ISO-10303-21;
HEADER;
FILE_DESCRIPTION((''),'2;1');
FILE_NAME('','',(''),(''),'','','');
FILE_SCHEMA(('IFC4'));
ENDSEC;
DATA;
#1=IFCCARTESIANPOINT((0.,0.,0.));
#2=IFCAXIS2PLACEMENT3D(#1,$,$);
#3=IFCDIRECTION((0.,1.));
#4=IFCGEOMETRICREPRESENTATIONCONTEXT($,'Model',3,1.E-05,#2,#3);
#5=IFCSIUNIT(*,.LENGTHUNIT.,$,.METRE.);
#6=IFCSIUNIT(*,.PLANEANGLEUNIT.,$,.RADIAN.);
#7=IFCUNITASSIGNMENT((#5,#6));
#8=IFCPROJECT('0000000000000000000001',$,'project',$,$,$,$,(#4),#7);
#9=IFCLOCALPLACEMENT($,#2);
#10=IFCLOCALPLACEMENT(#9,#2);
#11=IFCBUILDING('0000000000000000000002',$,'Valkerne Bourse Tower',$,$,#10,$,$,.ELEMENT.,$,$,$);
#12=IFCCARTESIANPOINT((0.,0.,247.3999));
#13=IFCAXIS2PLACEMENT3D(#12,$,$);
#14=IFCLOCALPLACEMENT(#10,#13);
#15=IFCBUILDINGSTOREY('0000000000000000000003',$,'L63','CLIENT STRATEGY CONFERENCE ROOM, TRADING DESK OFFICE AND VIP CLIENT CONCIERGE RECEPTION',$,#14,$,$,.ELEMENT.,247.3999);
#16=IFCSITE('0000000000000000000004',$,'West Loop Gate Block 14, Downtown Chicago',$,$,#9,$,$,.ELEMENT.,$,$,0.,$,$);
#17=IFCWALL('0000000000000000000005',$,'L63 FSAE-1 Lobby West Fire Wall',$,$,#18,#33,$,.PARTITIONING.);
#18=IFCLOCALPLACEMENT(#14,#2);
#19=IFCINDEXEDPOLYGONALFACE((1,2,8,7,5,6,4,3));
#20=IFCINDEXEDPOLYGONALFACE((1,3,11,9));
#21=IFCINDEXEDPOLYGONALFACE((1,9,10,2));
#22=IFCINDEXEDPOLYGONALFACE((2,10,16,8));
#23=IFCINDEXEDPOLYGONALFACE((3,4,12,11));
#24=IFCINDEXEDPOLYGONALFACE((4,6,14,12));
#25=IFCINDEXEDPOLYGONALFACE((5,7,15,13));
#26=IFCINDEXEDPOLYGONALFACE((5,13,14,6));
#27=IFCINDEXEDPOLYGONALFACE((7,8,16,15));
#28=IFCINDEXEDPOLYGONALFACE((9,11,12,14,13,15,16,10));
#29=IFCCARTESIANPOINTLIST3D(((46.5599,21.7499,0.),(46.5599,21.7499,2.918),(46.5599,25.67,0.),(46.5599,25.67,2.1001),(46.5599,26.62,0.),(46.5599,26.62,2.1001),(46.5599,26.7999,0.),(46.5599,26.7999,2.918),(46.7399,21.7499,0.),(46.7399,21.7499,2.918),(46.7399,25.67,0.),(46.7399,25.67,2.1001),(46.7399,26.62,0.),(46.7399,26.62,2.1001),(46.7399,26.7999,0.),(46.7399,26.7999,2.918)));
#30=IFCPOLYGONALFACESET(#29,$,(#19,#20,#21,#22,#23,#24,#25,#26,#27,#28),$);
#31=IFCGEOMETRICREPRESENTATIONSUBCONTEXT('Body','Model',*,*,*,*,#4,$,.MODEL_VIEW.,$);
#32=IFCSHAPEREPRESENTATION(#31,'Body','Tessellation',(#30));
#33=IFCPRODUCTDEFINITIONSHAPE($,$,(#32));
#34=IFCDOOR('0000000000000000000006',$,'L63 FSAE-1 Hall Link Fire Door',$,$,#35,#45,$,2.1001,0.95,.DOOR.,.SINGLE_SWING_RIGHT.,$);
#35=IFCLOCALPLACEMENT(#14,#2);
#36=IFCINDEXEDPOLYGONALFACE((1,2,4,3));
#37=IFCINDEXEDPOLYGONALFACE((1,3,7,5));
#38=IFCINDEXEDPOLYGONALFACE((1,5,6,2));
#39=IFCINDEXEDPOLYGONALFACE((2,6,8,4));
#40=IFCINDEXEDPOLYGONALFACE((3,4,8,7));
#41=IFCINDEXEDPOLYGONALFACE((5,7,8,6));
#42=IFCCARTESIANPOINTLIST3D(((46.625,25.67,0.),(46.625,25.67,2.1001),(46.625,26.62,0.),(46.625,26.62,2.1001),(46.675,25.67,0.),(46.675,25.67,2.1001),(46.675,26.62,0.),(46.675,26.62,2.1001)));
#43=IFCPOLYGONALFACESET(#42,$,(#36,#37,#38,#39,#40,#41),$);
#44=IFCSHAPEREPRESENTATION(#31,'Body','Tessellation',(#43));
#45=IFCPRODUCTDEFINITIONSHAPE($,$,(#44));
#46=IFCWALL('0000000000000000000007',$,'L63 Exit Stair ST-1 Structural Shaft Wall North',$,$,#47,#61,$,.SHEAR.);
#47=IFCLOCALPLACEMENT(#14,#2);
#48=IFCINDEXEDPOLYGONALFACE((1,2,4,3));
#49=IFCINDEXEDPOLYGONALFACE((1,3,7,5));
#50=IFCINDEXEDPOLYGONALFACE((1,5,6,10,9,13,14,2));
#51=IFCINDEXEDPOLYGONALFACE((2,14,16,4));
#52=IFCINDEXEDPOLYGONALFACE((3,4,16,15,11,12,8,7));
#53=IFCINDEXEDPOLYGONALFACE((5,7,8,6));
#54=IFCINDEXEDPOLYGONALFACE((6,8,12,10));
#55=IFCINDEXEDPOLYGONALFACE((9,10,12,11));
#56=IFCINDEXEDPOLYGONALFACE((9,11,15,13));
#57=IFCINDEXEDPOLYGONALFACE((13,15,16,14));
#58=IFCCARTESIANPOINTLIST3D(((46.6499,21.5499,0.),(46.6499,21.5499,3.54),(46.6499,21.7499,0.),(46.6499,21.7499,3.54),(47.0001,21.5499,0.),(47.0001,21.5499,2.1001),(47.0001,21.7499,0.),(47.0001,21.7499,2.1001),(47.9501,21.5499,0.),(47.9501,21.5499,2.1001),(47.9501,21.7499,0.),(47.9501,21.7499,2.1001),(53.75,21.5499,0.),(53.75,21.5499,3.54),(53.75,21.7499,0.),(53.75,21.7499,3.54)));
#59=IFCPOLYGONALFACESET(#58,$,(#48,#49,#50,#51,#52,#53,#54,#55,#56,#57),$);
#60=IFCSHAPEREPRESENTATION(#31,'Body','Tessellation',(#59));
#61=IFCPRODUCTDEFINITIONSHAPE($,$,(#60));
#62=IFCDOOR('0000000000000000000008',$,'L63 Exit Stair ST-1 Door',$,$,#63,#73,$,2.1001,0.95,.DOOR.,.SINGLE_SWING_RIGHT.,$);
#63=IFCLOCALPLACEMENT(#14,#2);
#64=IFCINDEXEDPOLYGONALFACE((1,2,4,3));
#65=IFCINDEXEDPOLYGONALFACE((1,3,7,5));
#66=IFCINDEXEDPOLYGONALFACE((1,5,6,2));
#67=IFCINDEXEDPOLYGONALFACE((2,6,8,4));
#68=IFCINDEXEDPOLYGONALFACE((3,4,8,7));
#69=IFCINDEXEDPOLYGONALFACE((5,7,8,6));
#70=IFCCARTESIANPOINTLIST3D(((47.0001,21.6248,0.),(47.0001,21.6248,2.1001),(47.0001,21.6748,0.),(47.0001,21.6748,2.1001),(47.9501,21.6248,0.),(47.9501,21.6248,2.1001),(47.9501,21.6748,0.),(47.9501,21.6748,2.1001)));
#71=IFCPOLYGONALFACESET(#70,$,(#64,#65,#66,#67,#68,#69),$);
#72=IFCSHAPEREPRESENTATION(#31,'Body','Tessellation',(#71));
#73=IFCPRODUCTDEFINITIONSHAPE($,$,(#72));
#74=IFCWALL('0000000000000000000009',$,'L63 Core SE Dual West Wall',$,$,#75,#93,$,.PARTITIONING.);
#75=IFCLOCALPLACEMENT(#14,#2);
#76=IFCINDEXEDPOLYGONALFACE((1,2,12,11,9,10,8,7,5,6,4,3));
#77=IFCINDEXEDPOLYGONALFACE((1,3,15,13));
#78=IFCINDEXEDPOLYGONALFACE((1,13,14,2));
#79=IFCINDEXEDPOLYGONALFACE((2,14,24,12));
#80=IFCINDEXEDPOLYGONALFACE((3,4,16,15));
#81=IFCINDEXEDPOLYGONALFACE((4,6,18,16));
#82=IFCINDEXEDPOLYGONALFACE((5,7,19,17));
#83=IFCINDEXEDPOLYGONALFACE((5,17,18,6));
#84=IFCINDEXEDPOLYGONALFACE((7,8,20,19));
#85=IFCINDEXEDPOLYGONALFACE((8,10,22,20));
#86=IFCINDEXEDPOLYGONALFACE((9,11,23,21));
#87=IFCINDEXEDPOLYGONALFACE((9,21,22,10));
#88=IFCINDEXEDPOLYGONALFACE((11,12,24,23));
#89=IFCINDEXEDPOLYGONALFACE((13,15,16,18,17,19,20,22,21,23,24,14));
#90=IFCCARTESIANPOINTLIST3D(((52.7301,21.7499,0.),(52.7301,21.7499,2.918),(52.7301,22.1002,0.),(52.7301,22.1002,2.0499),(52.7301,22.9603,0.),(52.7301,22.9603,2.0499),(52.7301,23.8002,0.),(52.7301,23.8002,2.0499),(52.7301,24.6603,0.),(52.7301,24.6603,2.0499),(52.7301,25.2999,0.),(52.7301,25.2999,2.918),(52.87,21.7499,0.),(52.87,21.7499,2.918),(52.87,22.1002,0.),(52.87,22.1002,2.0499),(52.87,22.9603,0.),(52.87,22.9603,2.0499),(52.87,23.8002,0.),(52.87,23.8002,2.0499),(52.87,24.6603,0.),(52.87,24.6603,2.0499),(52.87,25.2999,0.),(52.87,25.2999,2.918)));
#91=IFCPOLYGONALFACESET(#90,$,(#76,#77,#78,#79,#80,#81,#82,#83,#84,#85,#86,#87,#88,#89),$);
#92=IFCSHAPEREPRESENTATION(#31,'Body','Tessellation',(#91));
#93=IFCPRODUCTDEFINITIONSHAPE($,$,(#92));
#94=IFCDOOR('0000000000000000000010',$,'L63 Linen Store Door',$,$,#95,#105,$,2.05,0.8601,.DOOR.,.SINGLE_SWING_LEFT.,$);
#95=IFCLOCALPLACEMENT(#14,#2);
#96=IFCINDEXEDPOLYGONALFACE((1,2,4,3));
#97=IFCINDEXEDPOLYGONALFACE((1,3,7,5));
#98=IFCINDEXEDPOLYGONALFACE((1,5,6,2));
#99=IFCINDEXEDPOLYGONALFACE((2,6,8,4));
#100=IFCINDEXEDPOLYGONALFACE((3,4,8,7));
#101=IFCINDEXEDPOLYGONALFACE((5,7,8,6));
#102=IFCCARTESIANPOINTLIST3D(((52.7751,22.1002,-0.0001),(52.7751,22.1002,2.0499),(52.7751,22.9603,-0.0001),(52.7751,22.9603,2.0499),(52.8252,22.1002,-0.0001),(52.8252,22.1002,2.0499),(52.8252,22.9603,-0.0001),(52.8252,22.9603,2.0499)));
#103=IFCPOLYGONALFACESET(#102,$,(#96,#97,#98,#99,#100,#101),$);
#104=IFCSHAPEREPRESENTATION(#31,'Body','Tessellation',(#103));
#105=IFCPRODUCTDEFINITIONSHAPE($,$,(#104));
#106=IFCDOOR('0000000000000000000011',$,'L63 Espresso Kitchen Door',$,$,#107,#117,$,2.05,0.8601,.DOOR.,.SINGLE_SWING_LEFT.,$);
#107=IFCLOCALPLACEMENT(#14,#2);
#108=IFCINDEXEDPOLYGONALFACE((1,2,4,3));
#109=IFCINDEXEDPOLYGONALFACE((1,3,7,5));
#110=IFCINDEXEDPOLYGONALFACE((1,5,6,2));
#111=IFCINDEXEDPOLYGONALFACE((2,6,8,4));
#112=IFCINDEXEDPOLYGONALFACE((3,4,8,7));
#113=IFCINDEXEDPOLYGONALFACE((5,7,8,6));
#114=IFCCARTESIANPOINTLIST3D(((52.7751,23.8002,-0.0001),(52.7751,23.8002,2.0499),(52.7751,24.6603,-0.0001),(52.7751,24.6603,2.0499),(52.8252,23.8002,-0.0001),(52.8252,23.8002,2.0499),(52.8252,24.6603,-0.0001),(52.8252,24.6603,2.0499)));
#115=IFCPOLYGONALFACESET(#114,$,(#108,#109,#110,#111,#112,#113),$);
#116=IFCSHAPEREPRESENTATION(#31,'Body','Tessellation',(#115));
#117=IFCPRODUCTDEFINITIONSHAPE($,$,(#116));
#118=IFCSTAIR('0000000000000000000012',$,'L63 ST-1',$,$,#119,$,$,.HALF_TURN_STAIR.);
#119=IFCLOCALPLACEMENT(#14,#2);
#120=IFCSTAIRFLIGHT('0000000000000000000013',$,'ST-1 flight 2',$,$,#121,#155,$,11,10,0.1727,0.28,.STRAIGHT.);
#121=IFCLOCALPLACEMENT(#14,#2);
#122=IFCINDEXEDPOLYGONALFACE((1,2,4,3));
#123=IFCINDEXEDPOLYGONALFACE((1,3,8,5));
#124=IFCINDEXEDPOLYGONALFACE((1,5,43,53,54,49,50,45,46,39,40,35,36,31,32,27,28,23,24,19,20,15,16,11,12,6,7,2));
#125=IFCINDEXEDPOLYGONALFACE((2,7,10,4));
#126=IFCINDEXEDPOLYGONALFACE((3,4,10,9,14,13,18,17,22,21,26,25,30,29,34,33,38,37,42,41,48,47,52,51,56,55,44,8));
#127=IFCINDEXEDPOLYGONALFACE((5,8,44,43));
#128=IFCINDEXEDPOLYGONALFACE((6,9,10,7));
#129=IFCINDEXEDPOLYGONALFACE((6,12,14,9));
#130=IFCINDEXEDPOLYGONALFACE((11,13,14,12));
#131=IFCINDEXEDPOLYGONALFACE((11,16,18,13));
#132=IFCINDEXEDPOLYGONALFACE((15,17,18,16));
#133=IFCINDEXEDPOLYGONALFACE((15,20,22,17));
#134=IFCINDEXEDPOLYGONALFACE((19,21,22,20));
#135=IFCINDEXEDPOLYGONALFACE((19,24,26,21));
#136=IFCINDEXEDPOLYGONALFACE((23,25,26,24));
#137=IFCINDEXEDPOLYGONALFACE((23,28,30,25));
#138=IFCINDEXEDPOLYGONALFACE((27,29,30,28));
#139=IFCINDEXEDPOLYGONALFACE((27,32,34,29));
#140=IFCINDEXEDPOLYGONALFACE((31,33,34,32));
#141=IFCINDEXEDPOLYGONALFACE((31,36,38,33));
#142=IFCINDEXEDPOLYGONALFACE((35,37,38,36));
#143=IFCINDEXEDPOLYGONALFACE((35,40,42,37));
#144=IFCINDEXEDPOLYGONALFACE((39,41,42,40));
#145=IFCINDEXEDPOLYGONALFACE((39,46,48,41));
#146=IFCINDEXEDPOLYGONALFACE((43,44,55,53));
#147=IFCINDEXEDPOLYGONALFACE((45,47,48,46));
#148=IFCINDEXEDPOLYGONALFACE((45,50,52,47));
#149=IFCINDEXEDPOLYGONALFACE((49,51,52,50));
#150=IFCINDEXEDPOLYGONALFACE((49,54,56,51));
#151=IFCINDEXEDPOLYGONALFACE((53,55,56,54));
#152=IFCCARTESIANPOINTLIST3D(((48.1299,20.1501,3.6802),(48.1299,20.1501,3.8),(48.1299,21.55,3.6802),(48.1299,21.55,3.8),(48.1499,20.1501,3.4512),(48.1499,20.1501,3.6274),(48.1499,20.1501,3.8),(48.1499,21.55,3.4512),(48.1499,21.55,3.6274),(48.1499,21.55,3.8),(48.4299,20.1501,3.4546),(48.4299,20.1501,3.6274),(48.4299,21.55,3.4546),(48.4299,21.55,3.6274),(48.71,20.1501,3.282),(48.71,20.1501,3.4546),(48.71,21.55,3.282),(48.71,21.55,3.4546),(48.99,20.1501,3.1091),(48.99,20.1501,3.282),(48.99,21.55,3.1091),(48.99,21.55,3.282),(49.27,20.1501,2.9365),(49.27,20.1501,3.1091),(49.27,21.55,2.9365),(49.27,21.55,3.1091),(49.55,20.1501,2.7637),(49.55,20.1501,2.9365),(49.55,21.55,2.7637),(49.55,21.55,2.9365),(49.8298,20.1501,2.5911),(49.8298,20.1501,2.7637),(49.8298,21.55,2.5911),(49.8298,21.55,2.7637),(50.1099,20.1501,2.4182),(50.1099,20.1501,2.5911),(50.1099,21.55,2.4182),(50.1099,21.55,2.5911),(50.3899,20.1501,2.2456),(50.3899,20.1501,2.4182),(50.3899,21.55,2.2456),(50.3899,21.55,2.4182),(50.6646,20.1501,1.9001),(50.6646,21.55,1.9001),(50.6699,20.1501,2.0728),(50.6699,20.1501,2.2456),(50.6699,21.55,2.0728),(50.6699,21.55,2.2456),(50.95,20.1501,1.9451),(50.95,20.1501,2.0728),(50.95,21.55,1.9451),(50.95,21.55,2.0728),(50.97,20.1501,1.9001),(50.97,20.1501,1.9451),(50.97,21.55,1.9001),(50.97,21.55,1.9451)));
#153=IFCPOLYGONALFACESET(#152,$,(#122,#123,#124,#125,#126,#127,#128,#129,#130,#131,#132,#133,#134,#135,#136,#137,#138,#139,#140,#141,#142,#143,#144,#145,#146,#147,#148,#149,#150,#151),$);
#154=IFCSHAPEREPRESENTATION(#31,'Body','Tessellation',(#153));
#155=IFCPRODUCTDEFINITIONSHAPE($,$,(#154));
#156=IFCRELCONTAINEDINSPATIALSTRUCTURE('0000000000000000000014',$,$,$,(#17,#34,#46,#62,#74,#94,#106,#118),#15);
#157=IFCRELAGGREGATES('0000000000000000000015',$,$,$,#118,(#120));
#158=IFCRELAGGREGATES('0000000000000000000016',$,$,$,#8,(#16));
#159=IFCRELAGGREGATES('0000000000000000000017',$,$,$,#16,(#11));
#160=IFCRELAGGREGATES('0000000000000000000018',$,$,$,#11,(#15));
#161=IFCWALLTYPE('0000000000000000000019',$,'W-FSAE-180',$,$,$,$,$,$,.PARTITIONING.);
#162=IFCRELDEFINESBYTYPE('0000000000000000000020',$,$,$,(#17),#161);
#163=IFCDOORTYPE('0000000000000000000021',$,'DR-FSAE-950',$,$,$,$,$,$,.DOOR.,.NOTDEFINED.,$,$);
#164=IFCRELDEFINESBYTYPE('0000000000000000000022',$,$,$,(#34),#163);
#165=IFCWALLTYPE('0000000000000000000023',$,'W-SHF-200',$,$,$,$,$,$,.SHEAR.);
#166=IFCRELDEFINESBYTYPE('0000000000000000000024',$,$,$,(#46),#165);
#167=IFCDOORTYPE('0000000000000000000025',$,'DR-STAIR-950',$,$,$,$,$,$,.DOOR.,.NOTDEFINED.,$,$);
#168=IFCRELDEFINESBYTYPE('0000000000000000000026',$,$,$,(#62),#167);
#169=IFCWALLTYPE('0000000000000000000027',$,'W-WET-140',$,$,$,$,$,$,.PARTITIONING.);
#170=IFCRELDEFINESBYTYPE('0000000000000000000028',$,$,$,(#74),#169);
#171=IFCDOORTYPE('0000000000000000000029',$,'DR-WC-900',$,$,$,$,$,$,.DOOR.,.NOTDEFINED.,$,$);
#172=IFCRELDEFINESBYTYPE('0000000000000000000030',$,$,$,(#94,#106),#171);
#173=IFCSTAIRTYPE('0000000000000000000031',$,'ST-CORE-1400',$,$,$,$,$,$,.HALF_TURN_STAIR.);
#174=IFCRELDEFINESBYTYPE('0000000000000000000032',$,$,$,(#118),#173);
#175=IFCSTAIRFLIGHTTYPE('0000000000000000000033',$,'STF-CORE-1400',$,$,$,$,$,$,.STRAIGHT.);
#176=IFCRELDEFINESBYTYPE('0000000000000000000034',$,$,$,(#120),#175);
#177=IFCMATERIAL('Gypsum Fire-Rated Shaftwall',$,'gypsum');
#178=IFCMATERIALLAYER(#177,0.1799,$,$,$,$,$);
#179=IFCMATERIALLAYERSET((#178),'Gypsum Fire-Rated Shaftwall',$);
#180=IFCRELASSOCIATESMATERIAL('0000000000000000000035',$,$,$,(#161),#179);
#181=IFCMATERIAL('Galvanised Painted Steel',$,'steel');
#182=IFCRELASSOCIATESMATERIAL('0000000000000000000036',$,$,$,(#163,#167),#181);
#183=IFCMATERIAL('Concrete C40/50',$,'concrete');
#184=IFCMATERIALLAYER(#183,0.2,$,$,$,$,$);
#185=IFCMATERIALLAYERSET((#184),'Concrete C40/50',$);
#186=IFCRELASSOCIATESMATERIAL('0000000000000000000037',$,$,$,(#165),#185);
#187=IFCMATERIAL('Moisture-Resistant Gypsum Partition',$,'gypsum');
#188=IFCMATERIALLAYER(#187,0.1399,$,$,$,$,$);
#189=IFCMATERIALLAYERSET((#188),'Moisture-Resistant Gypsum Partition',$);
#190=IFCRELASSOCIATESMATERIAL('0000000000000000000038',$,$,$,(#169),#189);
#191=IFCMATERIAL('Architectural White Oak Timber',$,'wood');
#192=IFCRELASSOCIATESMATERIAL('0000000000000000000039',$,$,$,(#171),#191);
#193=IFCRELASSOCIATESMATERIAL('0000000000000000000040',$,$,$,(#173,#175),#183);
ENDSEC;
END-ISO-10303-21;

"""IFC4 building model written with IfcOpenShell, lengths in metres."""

from ifc_helpers import new_model, si_unit, direction, frame, frame_2d, origin, place, context, subcontext, project, spatial, polyline, rectangle, outline, extrude, material, layer, layer_set, type_object, element, fill, aggregate, save


model = new_model("IFC4")

# Units and contexts
model_context = context("Model", 3, precision=1e-05, world=origin(), true_north=direction((0.0, 1.0)))
body_context = subcontext(model_context, "Body", "Model", "MODEL_VIEW")
ifc_project = project(units=[si_unit("LENGTHUNIT", "METRE"), si_unit("PLANEANGLEUNIT", "RADIAN")], contexts=[model_context])

# Site, building, storey
site_placement = place(None, origin())
site = spatial("IfcSite", under=ifc_project, at=site_placement, Name="West Loop Gate Block 14, Downtown Chicago", CompositionType="ELEMENT", RefElevation=0.0)
building_placement = place(site_placement, origin())
building = spatial("IfcBuilding", under=site, at=building_placement, Name="Valkerne Bourse Tower", CompositionType="ELEMENT")
storey_placement = place(building_placement, frame((0.0, 0.0, 247.3999)))
storey = spatial("IfcBuildingStorey", under=building, at=storey_placement, Name="L63", Description="CLIENT STRATEGY CONFERENCE ROOM, TRADING DESK OFFICE AND VIP CLIENT CONCIERGE RECEPTION", CompositionType="ELEMENT", Elevation=247.3999)

# Shared definitions
ifc_material_1 = material(Name="Gypsum Fire-Rated Shaftwall", Category="gypsum")
ifc_layer_1 = layer(ifc_material_1, 0.1799)
ifc_layer_set_1 = layer_set([ifc_layer_1], Name="Gypsum Fire-Rated Shaftwall")
wall_type_1 = type_object("IfcWallType", Name="W-FSAE-180", PredefinedType="PARTITIONING", material=ifc_layer_set_1)

# Wall, opening, door
wall_1_placement = place(storey_placement, frame((46.6499, 21.75, 0.0), z_axis=(0.0, 0.0, 1.0), x_axis=(0.0, 1.0, 0.0)))
wall_1 = element("IfcWall", 1, at=wall_1_placement, inside=storey, type_object=wall_type_1, Name="L63 FSAE-1 Lobby West Fire Wall", PredefinedType="PARTITIONING", context=body_context, shape_type="SweptSolid", body=[
    extrude(rectangle(XDim=5.05, YDim=0.1799, at=frame_2d((2.5249, 0.0))), origin(), (0.0, 0.0, 1.0), 2.918),
])
opening_1_placement = place(wall_1_placement, frame((3.9199, 0.0, 0.0)))
opening_1 = element("IfcOpeningElement", 2, at=opening_1_placement, cuts=wall_1, PredefinedType="OPENING", context=body_context, shape_type="SweptSolid", body=[
    extrude(rectangle(XDim=0.95, YDim=2.1001, at=frame_2d((0.4751, 1.05))), frame((0.0, 0.0999, 0.0), z_axis=(0.0, -1.0, 0.0), x_axis=(1.0, 0.0, 0.0)), (0.0, 0.0, 1.0), 0.2),
])
ifc_material_2 = material(Name="Galvanised Painted Steel", Category="steel")
door_type_1 = type_object("IfcDoorType", Name="DR-FSAE-950", OperationType="NOTDEFINED", PredefinedType="DOOR", material=ifc_material_2)
door_1_placement = place(opening_1_placement, origin())
door_1 = element("IfcDoor", 3, at=door_1_placement, inside=storey, type_object=door_type_1, Name="L63 FSAE-1 Hall Link Fire Door", OperationType="SINGLE_SWING_RIGHT", OverallHeight=2.1001, OverallWidth=0.95, PredefinedType="DOOR", context=body_context, shape_type="SweptSolid", body=[
    extrude(rectangle(XDim=0.95, YDim=2.1001, at=frame_2d((0.4751, 1.05))), frame((0.0, 0.0249, 0.0), z_axis=(0.0, -1.0, 0.0), x_axis=(1.0, 0.0, 0.0)), (0.0, 0.0, 1.0), 0.05),
])
fill(opening_1, door_1)

# Wall, opening, door
ifc_material_3 = material(Name="Concrete C40/50", Category="concrete")
ifc_layer_2 = layer(ifc_material_3, 0.2)
ifc_layer_set_2 = layer_set([ifc_layer_2], Name="Concrete C40/50")
wall_type_2 = type_object("IfcWallType", Name="W-SHF-200", PredefinedType="SHEAR", material=ifc_layer_set_2)
wall_2_placement = place(storey_placement, frame((46.6499, 21.6499, 0.0), z_axis=(0.0, 0.0, 1.0), x_axis=(1.0, 0.0, 0.0)))
wall_2 = element("IfcWall", 4, at=wall_2_placement, inside=storey, type_object=wall_type_2, Name="L63 Exit Stair ST-1 Structural Shaft Wall North", PredefinedType="SHEAR", context=body_context, shape_type="SweptSolid", body=[
    extrude(rectangle(XDim=7.1001, YDim=0.2, at=frame_2d((3.55, 0.0))), origin(), (0.0, 0.0, 1.0), 3.54),
])
opening_2_placement = place(wall_2_placement, frame((0.3501, 0.0, 0.0)))
opening_2 = element("IfcOpeningElement", 5, at=opening_2_placement, cuts=wall_2, PredefinedType="OPENING", context=body_context, shape_type="SweptSolid", body=[
    extrude(rectangle(XDim=0.95, YDim=2.1001, at=frame_2d((0.4751, 1.05))), frame((0.0, 0.1099, 0.0), z_axis=(0.0, -1.0, 0.0), x_axis=(1.0, 0.0, 0.0)), (0.0, 0.0, 1.0), 0.22),
])
door_type_2 = type_object("IfcDoorType", Name="DR-STAIR-950", OperationType="NOTDEFINED", PredefinedType="DOOR", material=ifc_material_2)
door_2_placement = place(opening_2_placement, origin())
door_2 = element("IfcDoor", 6, at=door_2_placement, inside=storey, type_object=door_type_2, Name="L63 Exit Stair ST-1 Door", OperationType="SINGLE_SWING_RIGHT", OverallHeight=2.1001, OverallWidth=0.95, PredefinedType="DOOR", context=body_context, shape_type="SweptSolid", body=[
    extrude(rectangle(XDim=0.95, YDim=2.1001, at=frame_2d((0.4751, 1.05))), frame((0.0, 0.0249, 0.0), z_axis=(0.0, -1.0, 0.0), x_axis=(1.0, 0.0, 0.0)), (0.0, 0.0, 1.0), 0.05),
])
fill(opening_2, door_2)

# Wall, openings, doors
ifc_material_4 = material(Name="Moisture-Resistant Gypsum Partition", Category="gypsum")
ifc_layer_3 = layer(ifc_material_4, 0.1399)
ifc_layer_set_3 = layer_set([ifc_layer_3], Name="Moisture-Resistant Gypsum Partition")
wall_type_3 = type_object("IfcWallType", Name="W-WET-140", PredefinedType="PARTITIONING", material=ifc_layer_set_3)
wall_3_placement = place(storey_placement, frame((52.8, 21.75, 0.0), z_axis=(0.0, 0.0, 1.0), x_axis=(0.0, 1.0, 0.0)))
wall_3 = element("IfcWall", 7, at=wall_3_placement, inside=storey, type_object=wall_type_3, Name="L63 Core SE Dual West Wall", PredefinedType="PARTITIONING", context=body_context, shape_type="SweptSolid", body=[
    extrude(rectangle(XDim=3.55, YDim=0.1399, at=frame_2d((1.7749, 0.0))), origin(), (0.0, 0.0, 1.0), 2.918),
])
opening_3_placement = place(wall_3_placement, frame((0.3501, 0.0, 0.0)))
opening_3 = element("IfcOpeningElement", 8, at=opening_3_placement, cuts=wall_3, PredefinedType="OPENING", context=body_context, shape_type="SweptSolid", body=[
    extrude(rectangle(XDim=0.8601, YDim=2.05, at=frame_2d((0.4302, 1.0249))), frame((0.0, 0.0798, 0.0), z_axis=(0.0, -1.0, 0.0), x_axis=(1.0, 0.0, 0.0)), (0.0, 0.0, 1.0), 0.1599),
])
opening_4_placement = place(wall_3_placement, frame((2.05, 0.0, 0.0)))
opening_4 = element("IfcOpeningElement", 9, at=opening_4_placement, cuts=wall_3, PredefinedType="OPENING", context=body_context, shape_type="SweptSolid", body=[
    extrude(rectangle(XDim=0.8601, YDim=2.05, at=frame_2d((0.4302, 1.0249))), frame((0.0, 0.0798, 0.0), z_axis=(0.0, -1.0, 0.0), x_axis=(1.0, 0.0, 0.0)), (0.0, 0.0, 1.0), 0.1599),
])
ifc_material_5 = material(Name="Architectural White Oak Timber", Category="wood")
door_type_3 = type_object("IfcDoorType", Name="DR-WC-900", OperationType="NOTDEFINED", PredefinedType="DOOR", material=ifc_material_5)
door_3_placement = place(opening_3_placement, origin())
door_3 = element("IfcDoor", 10, at=door_3_placement, inside=storey, type_object=door_type_3, Name="L63 Linen Store Door", OperationType="SINGLE_SWING_LEFT", OverallHeight=2.05, OverallWidth=0.8601, PredefinedType="DOOR", context=body_context, shape_type="SweptSolid", body=[
    extrude(rectangle(XDim=0.8601, YDim=2.05, at=frame_2d((0.4302, 1.0249))), frame((0.0, 0.0249, 0.0), z_axis=(0.0, -1.0, 0.0), x_axis=(1.0, 0.0, 0.0)), (0.0, 0.0, 1.0), 0.05),
])
fill(opening_3, door_3)
door_4_placement = place(opening_4_placement, origin())
door_4 = element("IfcDoor", 11, at=door_4_placement, inside=storey, type_object=door_type_3, Name="L63 Espresso Kitchen Door", OperationType="SINGLE_SWING_LEFT", OverallHeight=2.05, OverallWidth=0.8601, PredefinedType="DOOR", context=body_context, shape_type="SweptSolid", body=[
    extrude(rectangle(XDim=0.8601, YDim=2.05, at=frame_2d((0.4302, 1.0249))), frame((0.0, 0.0249, 0.0), z_axis=(0.0, -1.0, 0.0), x_axis=(1.0, 0.0, 0.0)), (0.0, 0.0, 1.0), 0.05),
])
fill(opening_4, door_4)

# Stair, stair flight
stair_type = type_object("IfcStairType", Name="ST-CORE-1400", PredefinedType="HALF_TURN_STAIR", material=ifc_material_3)
stair_placement = place(storey_placement, origin())
stair = element("IfcStair", 12, at=stair_placement, inside=storey, type_object=stair_type, Name="L63 ST-1", PredefinedType="HALF_TURN_STAIR")
stair_flight_type = type_object("IfcStairFlightType", Name="STF-CORE-1400", PredefinedType="STRAIGHT", material=ifc_material_3)
stair_flight_placement = place(storey_placement, frame((50.95, 20.8501, 1.9001), z_axis=(0.0, 0.0, 1.0), x_axis=(-1.0, 0.0, 0.0)))
stair_flight = element("IfcStairFlight", 13, at=stair_flight_placement, type_object=stair_flight_type, Name="ST-1 flight 2", NumberOfRisers=11, NumberOfTreads=10, PredefinedType="STRAIGHT", RiserHeight=0.1727, TreadLength=0.28, context=body_context, shape_type="SweptSolid", body=[
    extrude(outline(polyline([(-0.02, 0.0), (-0.02, 0.0449), (0.0, 0.0449), (0.0, 0.1726), (0.28, 0.1726), (0.28, 0.3455), (0.5601, 0.3455), (0.5601, 0.5181), (0.8401, 0.5181), (0.8401, 0.6909), (1.1201, 0.6909), (1.1201, 0.8635), (1.3999, 0.8635), (1.3999, 1.0364), (1.6799, 1.0364), (1.6799, 1.209), (1.96, 1.209), (1.96, 1.3818), (2.24, 1.3818), (2.24, 1.5544), (2.52, 1.5544), (2.52, 1.7273), (2.8, 1.7273), (2.8, 1.8999), (2.8201, 1.8999), (2.8201, 1.78), (2.8, 1.551), (0.2854, 0.0), (-0.02, 0.0)])), frame((0.0, 0.7, 0.0), z_axis=(0.0, -1.0, 0.0), x_axis=(1.0, 0.0, 0.0)), (0.0, 0.0, 1.0), 1.3999),
])
aggregate(stair, [stair_flight])

save(model, "model.ifc")
